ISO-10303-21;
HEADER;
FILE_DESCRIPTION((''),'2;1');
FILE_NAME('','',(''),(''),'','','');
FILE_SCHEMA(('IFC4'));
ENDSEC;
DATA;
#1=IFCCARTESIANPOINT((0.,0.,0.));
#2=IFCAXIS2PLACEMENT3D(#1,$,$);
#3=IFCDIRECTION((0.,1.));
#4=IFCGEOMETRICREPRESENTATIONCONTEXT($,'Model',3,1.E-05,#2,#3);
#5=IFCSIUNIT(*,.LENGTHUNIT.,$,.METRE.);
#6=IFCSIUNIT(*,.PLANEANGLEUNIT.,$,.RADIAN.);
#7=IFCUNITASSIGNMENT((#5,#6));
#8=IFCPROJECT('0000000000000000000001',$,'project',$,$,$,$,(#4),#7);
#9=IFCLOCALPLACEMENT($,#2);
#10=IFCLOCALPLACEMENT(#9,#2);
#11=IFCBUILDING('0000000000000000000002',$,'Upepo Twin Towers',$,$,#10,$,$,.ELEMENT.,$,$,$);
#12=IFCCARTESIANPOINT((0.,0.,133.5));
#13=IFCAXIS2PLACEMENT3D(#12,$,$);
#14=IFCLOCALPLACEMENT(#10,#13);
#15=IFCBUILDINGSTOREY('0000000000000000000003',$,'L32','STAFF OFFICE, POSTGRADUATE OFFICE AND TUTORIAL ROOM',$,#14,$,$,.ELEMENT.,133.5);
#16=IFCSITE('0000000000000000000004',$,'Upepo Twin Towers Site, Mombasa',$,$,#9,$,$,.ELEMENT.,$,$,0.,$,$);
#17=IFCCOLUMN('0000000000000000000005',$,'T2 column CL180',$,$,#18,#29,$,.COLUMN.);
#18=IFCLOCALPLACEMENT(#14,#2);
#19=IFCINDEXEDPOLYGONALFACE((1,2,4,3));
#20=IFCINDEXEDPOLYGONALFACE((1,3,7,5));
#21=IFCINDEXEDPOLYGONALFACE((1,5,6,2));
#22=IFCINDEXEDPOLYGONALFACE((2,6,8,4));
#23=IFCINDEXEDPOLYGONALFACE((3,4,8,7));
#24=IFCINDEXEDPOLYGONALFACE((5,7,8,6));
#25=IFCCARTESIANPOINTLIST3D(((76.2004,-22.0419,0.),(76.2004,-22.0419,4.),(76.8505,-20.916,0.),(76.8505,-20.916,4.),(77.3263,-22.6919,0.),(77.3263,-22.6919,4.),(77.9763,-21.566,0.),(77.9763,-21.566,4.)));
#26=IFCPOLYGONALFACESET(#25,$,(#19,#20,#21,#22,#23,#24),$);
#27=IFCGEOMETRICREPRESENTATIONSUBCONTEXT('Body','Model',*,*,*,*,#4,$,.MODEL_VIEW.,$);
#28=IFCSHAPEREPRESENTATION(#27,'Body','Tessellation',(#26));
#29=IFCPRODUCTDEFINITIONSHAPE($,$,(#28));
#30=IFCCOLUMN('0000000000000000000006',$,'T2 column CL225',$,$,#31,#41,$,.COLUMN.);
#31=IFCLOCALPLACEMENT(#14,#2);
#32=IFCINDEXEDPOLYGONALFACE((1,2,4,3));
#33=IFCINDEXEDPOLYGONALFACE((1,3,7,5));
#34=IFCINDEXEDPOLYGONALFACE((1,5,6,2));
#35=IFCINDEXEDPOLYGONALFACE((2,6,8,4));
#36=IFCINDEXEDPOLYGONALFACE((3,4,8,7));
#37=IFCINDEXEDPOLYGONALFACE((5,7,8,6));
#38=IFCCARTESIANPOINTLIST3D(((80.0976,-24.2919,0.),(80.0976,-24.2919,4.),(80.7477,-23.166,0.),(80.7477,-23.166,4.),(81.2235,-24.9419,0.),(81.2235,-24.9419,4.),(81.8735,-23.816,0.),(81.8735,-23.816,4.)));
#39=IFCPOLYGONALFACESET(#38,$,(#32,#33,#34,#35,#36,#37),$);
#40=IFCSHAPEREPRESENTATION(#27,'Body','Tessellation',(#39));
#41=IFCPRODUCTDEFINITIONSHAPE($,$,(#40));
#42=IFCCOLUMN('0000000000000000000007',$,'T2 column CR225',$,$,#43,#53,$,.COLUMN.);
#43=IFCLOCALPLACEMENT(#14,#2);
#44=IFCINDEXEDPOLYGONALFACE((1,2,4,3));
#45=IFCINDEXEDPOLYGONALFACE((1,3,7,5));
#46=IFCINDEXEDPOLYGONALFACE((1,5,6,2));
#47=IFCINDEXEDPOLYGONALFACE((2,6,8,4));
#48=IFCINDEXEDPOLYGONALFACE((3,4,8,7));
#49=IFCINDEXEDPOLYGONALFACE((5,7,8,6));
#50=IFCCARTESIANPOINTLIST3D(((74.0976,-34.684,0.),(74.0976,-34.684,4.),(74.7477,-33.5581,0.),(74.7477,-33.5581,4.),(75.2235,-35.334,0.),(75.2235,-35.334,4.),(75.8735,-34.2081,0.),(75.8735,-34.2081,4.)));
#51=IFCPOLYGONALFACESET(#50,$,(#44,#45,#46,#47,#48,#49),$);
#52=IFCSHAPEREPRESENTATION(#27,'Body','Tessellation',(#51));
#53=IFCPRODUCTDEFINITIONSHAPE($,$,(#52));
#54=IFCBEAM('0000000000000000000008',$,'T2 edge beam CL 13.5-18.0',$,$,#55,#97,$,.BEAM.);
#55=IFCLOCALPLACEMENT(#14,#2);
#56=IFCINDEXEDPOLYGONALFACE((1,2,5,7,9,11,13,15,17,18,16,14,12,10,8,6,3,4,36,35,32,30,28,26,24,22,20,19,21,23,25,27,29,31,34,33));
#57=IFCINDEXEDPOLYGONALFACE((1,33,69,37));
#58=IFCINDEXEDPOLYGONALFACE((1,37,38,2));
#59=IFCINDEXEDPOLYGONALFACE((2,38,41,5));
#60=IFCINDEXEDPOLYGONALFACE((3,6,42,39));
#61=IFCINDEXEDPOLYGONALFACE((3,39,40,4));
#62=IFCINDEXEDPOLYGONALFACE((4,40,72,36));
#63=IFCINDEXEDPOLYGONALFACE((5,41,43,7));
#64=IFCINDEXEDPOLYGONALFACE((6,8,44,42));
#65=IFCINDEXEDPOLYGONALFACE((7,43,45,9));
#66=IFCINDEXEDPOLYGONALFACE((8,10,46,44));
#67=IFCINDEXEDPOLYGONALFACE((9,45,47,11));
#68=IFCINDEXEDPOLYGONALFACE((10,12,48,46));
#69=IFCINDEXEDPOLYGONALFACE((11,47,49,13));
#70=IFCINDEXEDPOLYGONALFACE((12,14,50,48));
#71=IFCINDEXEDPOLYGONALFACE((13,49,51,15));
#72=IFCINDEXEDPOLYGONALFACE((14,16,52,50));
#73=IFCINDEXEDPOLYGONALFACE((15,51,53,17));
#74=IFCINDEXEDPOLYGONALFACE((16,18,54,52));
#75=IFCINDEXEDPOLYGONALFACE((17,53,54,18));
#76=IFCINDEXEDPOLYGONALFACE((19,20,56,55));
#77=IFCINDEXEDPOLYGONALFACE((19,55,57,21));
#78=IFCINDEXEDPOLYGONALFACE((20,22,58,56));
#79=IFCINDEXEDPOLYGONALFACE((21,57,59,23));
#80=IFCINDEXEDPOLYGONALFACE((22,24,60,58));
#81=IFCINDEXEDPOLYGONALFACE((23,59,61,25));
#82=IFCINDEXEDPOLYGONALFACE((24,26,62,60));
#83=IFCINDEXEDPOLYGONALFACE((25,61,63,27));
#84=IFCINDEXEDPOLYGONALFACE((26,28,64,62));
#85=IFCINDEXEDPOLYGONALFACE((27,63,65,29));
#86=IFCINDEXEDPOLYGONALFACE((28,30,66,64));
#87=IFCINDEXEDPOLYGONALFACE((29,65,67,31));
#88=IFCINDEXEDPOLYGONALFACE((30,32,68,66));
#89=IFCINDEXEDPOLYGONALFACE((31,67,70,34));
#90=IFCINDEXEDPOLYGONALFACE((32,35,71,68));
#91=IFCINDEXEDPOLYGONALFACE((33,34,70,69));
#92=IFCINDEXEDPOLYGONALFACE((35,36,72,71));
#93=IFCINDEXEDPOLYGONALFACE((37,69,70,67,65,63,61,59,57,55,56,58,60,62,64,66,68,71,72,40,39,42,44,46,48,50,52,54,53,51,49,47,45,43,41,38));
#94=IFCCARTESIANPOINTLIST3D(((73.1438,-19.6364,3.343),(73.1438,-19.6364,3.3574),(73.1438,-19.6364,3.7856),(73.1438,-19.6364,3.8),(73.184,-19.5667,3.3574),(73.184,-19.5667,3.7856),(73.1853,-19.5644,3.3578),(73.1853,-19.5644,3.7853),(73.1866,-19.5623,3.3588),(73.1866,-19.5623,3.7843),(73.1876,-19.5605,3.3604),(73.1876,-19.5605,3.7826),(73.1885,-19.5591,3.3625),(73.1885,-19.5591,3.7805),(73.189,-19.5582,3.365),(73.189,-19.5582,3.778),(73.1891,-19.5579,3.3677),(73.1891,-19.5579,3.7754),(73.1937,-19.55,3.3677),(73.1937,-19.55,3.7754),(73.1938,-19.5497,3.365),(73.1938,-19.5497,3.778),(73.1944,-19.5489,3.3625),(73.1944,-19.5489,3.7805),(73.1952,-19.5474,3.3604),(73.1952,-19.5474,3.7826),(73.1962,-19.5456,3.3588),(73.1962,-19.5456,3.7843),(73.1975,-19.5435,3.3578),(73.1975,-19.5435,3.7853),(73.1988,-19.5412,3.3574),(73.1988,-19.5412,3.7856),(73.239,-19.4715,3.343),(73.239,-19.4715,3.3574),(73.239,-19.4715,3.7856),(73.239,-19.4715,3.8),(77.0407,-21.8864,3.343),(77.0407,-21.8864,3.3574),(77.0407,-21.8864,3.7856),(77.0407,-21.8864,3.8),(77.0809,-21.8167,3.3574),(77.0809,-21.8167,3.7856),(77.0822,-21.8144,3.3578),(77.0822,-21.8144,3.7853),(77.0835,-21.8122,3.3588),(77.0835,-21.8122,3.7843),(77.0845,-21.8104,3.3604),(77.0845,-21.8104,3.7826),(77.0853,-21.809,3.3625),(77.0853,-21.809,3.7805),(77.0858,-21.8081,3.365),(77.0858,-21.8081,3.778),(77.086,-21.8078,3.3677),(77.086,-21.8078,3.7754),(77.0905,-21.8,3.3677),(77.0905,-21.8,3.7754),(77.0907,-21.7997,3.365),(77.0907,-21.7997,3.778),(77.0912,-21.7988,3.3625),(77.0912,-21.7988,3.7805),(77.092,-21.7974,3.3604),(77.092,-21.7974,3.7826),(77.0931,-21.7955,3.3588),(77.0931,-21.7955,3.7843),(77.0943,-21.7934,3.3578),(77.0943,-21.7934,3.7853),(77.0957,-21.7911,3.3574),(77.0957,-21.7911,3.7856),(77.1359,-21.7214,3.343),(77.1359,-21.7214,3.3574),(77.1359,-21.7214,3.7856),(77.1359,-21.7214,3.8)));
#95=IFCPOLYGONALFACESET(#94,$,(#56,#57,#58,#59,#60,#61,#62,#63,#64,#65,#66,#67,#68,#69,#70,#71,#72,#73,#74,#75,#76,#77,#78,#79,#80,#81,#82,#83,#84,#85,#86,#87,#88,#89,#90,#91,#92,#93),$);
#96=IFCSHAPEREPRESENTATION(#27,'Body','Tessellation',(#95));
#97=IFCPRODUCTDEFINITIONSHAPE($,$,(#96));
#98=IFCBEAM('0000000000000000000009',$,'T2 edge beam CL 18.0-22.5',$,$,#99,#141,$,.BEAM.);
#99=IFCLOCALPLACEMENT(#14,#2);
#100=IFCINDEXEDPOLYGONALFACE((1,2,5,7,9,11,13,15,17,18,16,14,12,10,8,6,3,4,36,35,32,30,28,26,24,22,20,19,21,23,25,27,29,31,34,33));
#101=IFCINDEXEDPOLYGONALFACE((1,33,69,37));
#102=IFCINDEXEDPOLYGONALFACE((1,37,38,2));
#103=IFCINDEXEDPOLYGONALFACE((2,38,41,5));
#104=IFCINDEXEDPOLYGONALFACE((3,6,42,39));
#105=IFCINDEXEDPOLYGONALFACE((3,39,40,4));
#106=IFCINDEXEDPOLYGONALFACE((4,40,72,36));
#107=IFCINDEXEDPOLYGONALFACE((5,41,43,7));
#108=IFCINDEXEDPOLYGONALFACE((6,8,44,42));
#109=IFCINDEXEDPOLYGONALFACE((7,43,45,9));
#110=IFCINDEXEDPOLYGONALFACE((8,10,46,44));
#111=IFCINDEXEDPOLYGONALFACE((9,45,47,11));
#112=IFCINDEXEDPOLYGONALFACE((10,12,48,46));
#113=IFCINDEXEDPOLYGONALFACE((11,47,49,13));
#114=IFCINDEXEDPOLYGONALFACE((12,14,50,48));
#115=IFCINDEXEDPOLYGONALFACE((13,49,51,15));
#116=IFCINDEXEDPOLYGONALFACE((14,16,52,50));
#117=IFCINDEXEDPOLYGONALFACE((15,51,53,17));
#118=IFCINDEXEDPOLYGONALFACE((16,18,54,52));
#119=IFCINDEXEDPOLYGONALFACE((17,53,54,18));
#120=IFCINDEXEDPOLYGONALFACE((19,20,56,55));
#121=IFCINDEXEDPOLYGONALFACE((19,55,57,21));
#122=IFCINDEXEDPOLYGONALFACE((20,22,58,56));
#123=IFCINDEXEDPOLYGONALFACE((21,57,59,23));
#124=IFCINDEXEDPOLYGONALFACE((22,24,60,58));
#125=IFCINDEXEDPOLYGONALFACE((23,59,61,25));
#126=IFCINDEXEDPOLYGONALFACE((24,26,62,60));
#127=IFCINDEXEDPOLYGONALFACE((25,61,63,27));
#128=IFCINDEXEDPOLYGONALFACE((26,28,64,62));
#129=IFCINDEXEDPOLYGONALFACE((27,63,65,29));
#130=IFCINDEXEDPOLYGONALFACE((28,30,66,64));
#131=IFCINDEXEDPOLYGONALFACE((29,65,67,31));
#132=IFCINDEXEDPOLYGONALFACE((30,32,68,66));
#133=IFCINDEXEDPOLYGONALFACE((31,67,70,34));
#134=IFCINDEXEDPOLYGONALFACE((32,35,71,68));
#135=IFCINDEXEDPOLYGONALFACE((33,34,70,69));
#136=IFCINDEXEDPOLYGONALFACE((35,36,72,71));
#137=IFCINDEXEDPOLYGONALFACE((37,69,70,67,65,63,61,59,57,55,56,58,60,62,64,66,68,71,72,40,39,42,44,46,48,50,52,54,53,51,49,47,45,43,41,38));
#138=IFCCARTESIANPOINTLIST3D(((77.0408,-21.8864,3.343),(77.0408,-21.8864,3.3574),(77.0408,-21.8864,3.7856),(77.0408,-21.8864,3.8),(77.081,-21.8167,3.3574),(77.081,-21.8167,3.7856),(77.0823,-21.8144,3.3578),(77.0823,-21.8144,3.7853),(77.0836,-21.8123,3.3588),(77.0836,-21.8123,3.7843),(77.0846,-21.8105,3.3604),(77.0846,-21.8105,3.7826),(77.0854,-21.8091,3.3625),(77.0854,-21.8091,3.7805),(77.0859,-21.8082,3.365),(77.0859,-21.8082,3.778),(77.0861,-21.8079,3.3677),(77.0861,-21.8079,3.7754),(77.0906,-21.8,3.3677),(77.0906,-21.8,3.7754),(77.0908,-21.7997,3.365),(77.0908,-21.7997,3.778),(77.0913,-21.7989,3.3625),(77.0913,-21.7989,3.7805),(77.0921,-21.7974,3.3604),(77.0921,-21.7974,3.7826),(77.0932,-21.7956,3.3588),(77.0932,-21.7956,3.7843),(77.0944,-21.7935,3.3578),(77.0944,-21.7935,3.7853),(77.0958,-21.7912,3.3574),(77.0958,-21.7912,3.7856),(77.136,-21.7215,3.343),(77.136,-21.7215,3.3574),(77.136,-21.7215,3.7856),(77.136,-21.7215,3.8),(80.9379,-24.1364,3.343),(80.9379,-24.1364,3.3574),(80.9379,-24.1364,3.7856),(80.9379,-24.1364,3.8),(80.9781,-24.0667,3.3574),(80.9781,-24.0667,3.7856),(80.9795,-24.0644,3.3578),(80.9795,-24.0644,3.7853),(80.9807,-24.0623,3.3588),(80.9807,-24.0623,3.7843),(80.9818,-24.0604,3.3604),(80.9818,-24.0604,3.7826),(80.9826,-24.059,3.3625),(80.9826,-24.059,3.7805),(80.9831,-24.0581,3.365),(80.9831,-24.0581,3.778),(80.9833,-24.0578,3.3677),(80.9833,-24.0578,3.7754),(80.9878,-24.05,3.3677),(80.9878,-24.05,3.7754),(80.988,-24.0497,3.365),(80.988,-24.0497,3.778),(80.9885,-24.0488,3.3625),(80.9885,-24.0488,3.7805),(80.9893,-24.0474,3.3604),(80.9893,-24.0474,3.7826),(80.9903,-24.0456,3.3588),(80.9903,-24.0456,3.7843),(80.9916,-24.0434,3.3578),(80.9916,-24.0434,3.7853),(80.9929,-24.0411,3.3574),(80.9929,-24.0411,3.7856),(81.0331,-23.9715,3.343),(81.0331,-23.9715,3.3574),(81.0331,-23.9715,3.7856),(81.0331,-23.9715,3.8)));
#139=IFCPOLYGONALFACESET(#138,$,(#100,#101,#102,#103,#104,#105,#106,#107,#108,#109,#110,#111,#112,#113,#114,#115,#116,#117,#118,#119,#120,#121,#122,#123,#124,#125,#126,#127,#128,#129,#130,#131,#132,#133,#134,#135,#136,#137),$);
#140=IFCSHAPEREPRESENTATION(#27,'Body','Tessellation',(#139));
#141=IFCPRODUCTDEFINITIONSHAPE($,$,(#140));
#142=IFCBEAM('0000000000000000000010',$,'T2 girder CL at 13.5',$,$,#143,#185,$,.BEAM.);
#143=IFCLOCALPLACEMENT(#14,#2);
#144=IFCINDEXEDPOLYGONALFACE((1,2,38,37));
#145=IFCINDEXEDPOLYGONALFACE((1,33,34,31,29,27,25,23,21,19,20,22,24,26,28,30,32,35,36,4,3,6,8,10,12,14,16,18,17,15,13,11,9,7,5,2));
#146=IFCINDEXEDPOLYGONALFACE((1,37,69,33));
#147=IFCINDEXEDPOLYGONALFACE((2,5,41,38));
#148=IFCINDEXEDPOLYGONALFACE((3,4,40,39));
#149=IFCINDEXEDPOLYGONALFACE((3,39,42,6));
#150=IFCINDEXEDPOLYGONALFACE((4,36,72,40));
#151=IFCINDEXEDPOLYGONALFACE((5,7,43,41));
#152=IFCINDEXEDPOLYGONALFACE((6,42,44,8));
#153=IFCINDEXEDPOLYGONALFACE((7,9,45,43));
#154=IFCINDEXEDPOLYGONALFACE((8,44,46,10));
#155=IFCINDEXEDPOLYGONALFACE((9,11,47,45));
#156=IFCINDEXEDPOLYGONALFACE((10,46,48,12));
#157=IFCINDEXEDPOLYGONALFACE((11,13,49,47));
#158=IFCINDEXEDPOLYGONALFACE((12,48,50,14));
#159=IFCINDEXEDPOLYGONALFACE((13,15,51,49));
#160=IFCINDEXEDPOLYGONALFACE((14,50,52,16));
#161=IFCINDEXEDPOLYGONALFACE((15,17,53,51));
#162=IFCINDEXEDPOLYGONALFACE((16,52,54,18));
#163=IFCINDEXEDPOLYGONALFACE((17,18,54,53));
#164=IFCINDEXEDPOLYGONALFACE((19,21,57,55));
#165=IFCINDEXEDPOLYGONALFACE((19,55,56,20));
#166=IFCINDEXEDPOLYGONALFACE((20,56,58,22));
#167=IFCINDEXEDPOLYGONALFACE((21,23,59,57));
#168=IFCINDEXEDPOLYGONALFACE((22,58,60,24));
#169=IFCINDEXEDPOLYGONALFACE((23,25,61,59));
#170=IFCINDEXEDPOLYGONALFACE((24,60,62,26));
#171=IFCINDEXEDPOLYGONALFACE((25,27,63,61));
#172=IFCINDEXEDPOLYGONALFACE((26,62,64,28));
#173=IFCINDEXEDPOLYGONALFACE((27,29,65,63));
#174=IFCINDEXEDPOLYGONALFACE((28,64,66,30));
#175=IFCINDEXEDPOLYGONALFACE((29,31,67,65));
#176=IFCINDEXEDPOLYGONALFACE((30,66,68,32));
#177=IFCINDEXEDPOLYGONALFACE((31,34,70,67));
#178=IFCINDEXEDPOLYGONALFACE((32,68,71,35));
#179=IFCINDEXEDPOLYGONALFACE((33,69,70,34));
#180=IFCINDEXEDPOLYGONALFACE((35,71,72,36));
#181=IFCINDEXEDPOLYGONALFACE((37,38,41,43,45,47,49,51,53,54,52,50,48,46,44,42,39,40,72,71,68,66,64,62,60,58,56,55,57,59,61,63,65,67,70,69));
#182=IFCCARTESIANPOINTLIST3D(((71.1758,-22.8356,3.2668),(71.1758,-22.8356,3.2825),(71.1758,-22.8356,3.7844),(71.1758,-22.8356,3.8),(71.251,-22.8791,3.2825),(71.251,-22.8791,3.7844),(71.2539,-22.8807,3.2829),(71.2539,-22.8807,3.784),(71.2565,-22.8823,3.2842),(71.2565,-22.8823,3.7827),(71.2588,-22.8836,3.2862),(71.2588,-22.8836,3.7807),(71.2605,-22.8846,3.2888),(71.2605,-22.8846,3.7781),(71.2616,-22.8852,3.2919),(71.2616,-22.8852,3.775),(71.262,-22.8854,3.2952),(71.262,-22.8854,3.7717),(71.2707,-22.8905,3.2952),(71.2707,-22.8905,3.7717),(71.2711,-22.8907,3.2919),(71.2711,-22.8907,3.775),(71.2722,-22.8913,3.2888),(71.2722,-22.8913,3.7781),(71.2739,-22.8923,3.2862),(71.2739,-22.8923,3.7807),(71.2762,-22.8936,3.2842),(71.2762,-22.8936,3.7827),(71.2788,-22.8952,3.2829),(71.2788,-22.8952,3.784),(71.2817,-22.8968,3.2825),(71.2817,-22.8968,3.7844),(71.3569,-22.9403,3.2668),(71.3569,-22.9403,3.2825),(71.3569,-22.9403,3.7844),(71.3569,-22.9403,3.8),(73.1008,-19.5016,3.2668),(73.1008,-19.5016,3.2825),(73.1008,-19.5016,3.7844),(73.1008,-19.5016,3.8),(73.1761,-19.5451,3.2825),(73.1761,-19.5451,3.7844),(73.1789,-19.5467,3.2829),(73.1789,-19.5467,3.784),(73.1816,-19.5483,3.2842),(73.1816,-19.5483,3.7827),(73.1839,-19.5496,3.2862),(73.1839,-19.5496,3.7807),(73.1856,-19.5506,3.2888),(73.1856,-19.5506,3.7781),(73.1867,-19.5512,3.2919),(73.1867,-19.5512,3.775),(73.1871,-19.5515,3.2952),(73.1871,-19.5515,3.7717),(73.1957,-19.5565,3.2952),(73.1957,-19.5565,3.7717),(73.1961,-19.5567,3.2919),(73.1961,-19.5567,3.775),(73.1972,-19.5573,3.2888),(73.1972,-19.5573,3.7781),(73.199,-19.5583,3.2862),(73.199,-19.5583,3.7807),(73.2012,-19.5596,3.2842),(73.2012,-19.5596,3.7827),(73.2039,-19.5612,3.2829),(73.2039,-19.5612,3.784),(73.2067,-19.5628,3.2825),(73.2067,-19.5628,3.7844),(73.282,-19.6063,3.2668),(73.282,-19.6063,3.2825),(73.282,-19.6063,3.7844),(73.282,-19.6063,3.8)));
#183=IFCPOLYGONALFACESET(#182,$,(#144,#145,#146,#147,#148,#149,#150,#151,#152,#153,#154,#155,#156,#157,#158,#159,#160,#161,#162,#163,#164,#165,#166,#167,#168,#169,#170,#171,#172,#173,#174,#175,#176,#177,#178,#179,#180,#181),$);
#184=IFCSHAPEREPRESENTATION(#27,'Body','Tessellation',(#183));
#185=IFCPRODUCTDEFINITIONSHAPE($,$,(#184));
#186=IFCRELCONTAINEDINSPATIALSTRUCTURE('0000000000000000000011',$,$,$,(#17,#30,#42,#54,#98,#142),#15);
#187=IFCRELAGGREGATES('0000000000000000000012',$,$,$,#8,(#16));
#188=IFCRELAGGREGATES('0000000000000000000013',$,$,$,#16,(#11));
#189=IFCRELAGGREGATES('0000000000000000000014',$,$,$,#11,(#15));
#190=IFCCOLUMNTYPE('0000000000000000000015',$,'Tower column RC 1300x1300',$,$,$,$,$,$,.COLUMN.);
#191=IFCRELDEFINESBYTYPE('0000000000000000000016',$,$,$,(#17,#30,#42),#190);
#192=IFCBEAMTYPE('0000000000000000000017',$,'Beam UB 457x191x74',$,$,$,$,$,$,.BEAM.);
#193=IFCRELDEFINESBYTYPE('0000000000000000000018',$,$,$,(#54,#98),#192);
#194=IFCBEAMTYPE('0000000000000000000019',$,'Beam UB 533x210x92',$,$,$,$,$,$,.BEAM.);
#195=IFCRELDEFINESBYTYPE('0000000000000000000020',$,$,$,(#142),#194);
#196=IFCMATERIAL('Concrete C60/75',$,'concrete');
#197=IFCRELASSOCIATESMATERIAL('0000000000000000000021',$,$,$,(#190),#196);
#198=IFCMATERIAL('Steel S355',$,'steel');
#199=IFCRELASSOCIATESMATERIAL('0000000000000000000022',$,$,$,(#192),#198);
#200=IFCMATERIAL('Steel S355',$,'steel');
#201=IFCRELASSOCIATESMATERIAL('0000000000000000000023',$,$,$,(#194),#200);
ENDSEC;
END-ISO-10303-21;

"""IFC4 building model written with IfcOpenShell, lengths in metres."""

from ifc_helpers import new_model, si_unit, direction, frame, origin, origin_2d, place, context, subcontext, project, spatial, rectangle, i_section, extrude, material, material_profile, profile_set, type_object, element, save


model = new_model("IFC4")

# Units and contexts
model_context = context("Model", 3, precision=1e-05, world=origin(), true_north=direction((0.0, 1.0)))
body_context = subcontext(model_context, "Body", "Model", "MODEL_VIEW")
ifc_project = project(units=[si_unit("LENGTHUNIT", "METRE"), si_unit("PLANEANGLEUNIT", "RADIAN")], contexts=[model_context])

# Site, building, storey
site_placement = place(None, origin())
site = spatial("IfcSite", under=ifc_project, at=site_placement, Name="Upepo Twin Towers Site, Mombasa", CompositionType="ELEMENT", RefElevation=0.0)
building_placement = place(site_placement, origin())
building = spatial("IfcBuilding", under=site, at=building_placement, Name="Upepo Twin Towers", CompositionType="ELEMENT")
storey_placement = place(building_placement, frame((0.0, 0.0, 133.5)))
storey = spatial("IfcBuildingStorey", under=building, at=storey_placement, Name="L32", Description="STAFF OFFICE, POSTGRADUATE OFFICE AND TUTORIAL ROOM", CompositionType="ELEMENT", Elevation=133.5)

# Columns
ifc_material_1 = material(Name="Concrete C60/75", Category="concrete")
ifc_material_profile_1 = material_profile(ifc_material_1, rectangle(XDim=1.3, YDim=1.3, at=origin_2d()), Name="RC 1300x1300")
ifc_profile_set_1 = profile_set([ifc_material_profile_1], Name="Concrete C60/75")
column_type = type_object("IfcColumnType", Name="Tower column RC 1300x1300", PredefinedType="COLUMN", material=ifc_profile_set_1)
for number, where, z_axis, x_axis, name in (
    (1, (77.0884, -21.804, 0.0), (0.0, 0.0, 1.0), (0.5, 0.866025, 0.0), "T2 column CL180"),
    (2, (80.9856, -24.054, 0.0), (0.0, 0.0, 1.0), (0.5, 0.866025, 0.0), "T2 column CL225"),
    (3, (74.9856, -34.446, 0.0), (0.0, 0.0, 1.0), (0.5, 0.866025, 0.0), "T2 column CR225"),
):
    element("IfcColumn", number, at=place(storey_placement, frame(where, z_axis=z_axis, x_axis=x_axis)), inside=storey, type_object=column_type, Name=name, PredefinedType="COLUMN", context=body_context, shape_type="SweptSolid", body=[
        extrude(rectangle(XDim=1.3, YDim=1.3, at=origin_2d()), origin(), (0.0, 0.0, 1.0), 4.0),
    ])

# Beams
ifc_material_2 = material(Name="Steel S355", Category="steel")
ifc_material_profile_2 = material_profile(ifc_material_2, i_section(OverallWidth=0.1904, OverallDepth=0.457, WebThickness=0.009, FlangeThickness=0.0144, FilletRadius=0.0103, at=origin_2d()), Name="UB 457x191x74")
ifc_profile_set_2 = profile_set([ifc_material_profile_2], Name="Steel S355")
beam_type_1 = type_object("IfcBeamType", Name="Beam UB 457x191x74", PredefinedType="BEAM", material=ifc_profile_set_2)
beam_1_placement = place(storey_placement, frame((73.1914, -19.554, 3.5715), z_axis=(0.866018, -0.500014, 0.0), x_axis=(0.500014, 0.866018, 0.0)))
element("IfcBeam", 4, at=beam_1_placement, inside=storey, type_object=beam_type_1, Name="T2 edge beam CL 13.5-18.0", PredefinedType="BEAM", context=body_context, shape_type="SweptSolid", body=[
    extrude(i_section(OverallWidth=0.1904, OverallDepth=0.457, WebThickness=0.009, FlangeThickness=0.0144, FilletRadius=0.0103, at=origin_2d()), origin(), (0.0, 0.0, 1.0), 4.4998),
])
beam_2_placement = place(storey_placement, frame((77.0884, -21.804, 3.5715), z_axis=(0.866031, -0.49999, 0.0), x_axis=(0.49999, 0.866031, 0.0)))
element("IfcBeam", 5, at=beam_2_placement, inside=storey, type_object=beam_type_1, Name="T2 edge beam CL 18.0-22.5", PredefinedType="BEAM", context=body_context, shape_type="SweptSolid", body=[
    extrude(i_section(OverallWidth=0.1904, OverallDepth=0.457, WebThickness=0.009, FlangeThickness=0.0144, FilletRadius=0.0103, at=origin_2d()), origin(), (0.0, 0.0, 1.0), 4.5),
])
ifc_material_3 = material(Name="Steel S355", Category="steel")
ifc_material_profile_3 = material_profile(ifc_material_3, i_section(OverallWidth=0.2092, OverallDepth=0.5332, WebThickness=0.01, FlangeThickness=0.0156, FilletRadius=0.0127, at=origin_2d()), Name="UB 533x210x92")
ifc_profile_set_3 = profile_set([ifc_material_profile_3], Name="Steel S355")
beam_type_2 = type_object("IfcBeamType", Name="Beam UB 533x210x92", PredefinedType="BEAM", material=ifc_profile_set_3)
beam_3_placement = place(storey_placement, frame((73.1914, -19.554, 3.5334), z_axis=(-0.500034, -0.866006, 0.0), x_axis=(0.866006, -0.500034, 0.0)))
element("IfcBeam", 6, at=beam_3_placement, inside=storey, type_object=beam_type_2, Name="T2 girder CL at 13.5", PredefinedType="BEAM", context=body_context, shape_type="SweptSolid", body=[
    extrude(i_section(OverallWidth=0.2092, OverallDepth=0.5332, WebThickness=0.01, FlangeThickness=0.0156, FilletRadius=0.0127, at=origin_2d()), origin(), (0.0, 0.0, 1.0), 3.8499),
])

save(model, "model.ifc")
